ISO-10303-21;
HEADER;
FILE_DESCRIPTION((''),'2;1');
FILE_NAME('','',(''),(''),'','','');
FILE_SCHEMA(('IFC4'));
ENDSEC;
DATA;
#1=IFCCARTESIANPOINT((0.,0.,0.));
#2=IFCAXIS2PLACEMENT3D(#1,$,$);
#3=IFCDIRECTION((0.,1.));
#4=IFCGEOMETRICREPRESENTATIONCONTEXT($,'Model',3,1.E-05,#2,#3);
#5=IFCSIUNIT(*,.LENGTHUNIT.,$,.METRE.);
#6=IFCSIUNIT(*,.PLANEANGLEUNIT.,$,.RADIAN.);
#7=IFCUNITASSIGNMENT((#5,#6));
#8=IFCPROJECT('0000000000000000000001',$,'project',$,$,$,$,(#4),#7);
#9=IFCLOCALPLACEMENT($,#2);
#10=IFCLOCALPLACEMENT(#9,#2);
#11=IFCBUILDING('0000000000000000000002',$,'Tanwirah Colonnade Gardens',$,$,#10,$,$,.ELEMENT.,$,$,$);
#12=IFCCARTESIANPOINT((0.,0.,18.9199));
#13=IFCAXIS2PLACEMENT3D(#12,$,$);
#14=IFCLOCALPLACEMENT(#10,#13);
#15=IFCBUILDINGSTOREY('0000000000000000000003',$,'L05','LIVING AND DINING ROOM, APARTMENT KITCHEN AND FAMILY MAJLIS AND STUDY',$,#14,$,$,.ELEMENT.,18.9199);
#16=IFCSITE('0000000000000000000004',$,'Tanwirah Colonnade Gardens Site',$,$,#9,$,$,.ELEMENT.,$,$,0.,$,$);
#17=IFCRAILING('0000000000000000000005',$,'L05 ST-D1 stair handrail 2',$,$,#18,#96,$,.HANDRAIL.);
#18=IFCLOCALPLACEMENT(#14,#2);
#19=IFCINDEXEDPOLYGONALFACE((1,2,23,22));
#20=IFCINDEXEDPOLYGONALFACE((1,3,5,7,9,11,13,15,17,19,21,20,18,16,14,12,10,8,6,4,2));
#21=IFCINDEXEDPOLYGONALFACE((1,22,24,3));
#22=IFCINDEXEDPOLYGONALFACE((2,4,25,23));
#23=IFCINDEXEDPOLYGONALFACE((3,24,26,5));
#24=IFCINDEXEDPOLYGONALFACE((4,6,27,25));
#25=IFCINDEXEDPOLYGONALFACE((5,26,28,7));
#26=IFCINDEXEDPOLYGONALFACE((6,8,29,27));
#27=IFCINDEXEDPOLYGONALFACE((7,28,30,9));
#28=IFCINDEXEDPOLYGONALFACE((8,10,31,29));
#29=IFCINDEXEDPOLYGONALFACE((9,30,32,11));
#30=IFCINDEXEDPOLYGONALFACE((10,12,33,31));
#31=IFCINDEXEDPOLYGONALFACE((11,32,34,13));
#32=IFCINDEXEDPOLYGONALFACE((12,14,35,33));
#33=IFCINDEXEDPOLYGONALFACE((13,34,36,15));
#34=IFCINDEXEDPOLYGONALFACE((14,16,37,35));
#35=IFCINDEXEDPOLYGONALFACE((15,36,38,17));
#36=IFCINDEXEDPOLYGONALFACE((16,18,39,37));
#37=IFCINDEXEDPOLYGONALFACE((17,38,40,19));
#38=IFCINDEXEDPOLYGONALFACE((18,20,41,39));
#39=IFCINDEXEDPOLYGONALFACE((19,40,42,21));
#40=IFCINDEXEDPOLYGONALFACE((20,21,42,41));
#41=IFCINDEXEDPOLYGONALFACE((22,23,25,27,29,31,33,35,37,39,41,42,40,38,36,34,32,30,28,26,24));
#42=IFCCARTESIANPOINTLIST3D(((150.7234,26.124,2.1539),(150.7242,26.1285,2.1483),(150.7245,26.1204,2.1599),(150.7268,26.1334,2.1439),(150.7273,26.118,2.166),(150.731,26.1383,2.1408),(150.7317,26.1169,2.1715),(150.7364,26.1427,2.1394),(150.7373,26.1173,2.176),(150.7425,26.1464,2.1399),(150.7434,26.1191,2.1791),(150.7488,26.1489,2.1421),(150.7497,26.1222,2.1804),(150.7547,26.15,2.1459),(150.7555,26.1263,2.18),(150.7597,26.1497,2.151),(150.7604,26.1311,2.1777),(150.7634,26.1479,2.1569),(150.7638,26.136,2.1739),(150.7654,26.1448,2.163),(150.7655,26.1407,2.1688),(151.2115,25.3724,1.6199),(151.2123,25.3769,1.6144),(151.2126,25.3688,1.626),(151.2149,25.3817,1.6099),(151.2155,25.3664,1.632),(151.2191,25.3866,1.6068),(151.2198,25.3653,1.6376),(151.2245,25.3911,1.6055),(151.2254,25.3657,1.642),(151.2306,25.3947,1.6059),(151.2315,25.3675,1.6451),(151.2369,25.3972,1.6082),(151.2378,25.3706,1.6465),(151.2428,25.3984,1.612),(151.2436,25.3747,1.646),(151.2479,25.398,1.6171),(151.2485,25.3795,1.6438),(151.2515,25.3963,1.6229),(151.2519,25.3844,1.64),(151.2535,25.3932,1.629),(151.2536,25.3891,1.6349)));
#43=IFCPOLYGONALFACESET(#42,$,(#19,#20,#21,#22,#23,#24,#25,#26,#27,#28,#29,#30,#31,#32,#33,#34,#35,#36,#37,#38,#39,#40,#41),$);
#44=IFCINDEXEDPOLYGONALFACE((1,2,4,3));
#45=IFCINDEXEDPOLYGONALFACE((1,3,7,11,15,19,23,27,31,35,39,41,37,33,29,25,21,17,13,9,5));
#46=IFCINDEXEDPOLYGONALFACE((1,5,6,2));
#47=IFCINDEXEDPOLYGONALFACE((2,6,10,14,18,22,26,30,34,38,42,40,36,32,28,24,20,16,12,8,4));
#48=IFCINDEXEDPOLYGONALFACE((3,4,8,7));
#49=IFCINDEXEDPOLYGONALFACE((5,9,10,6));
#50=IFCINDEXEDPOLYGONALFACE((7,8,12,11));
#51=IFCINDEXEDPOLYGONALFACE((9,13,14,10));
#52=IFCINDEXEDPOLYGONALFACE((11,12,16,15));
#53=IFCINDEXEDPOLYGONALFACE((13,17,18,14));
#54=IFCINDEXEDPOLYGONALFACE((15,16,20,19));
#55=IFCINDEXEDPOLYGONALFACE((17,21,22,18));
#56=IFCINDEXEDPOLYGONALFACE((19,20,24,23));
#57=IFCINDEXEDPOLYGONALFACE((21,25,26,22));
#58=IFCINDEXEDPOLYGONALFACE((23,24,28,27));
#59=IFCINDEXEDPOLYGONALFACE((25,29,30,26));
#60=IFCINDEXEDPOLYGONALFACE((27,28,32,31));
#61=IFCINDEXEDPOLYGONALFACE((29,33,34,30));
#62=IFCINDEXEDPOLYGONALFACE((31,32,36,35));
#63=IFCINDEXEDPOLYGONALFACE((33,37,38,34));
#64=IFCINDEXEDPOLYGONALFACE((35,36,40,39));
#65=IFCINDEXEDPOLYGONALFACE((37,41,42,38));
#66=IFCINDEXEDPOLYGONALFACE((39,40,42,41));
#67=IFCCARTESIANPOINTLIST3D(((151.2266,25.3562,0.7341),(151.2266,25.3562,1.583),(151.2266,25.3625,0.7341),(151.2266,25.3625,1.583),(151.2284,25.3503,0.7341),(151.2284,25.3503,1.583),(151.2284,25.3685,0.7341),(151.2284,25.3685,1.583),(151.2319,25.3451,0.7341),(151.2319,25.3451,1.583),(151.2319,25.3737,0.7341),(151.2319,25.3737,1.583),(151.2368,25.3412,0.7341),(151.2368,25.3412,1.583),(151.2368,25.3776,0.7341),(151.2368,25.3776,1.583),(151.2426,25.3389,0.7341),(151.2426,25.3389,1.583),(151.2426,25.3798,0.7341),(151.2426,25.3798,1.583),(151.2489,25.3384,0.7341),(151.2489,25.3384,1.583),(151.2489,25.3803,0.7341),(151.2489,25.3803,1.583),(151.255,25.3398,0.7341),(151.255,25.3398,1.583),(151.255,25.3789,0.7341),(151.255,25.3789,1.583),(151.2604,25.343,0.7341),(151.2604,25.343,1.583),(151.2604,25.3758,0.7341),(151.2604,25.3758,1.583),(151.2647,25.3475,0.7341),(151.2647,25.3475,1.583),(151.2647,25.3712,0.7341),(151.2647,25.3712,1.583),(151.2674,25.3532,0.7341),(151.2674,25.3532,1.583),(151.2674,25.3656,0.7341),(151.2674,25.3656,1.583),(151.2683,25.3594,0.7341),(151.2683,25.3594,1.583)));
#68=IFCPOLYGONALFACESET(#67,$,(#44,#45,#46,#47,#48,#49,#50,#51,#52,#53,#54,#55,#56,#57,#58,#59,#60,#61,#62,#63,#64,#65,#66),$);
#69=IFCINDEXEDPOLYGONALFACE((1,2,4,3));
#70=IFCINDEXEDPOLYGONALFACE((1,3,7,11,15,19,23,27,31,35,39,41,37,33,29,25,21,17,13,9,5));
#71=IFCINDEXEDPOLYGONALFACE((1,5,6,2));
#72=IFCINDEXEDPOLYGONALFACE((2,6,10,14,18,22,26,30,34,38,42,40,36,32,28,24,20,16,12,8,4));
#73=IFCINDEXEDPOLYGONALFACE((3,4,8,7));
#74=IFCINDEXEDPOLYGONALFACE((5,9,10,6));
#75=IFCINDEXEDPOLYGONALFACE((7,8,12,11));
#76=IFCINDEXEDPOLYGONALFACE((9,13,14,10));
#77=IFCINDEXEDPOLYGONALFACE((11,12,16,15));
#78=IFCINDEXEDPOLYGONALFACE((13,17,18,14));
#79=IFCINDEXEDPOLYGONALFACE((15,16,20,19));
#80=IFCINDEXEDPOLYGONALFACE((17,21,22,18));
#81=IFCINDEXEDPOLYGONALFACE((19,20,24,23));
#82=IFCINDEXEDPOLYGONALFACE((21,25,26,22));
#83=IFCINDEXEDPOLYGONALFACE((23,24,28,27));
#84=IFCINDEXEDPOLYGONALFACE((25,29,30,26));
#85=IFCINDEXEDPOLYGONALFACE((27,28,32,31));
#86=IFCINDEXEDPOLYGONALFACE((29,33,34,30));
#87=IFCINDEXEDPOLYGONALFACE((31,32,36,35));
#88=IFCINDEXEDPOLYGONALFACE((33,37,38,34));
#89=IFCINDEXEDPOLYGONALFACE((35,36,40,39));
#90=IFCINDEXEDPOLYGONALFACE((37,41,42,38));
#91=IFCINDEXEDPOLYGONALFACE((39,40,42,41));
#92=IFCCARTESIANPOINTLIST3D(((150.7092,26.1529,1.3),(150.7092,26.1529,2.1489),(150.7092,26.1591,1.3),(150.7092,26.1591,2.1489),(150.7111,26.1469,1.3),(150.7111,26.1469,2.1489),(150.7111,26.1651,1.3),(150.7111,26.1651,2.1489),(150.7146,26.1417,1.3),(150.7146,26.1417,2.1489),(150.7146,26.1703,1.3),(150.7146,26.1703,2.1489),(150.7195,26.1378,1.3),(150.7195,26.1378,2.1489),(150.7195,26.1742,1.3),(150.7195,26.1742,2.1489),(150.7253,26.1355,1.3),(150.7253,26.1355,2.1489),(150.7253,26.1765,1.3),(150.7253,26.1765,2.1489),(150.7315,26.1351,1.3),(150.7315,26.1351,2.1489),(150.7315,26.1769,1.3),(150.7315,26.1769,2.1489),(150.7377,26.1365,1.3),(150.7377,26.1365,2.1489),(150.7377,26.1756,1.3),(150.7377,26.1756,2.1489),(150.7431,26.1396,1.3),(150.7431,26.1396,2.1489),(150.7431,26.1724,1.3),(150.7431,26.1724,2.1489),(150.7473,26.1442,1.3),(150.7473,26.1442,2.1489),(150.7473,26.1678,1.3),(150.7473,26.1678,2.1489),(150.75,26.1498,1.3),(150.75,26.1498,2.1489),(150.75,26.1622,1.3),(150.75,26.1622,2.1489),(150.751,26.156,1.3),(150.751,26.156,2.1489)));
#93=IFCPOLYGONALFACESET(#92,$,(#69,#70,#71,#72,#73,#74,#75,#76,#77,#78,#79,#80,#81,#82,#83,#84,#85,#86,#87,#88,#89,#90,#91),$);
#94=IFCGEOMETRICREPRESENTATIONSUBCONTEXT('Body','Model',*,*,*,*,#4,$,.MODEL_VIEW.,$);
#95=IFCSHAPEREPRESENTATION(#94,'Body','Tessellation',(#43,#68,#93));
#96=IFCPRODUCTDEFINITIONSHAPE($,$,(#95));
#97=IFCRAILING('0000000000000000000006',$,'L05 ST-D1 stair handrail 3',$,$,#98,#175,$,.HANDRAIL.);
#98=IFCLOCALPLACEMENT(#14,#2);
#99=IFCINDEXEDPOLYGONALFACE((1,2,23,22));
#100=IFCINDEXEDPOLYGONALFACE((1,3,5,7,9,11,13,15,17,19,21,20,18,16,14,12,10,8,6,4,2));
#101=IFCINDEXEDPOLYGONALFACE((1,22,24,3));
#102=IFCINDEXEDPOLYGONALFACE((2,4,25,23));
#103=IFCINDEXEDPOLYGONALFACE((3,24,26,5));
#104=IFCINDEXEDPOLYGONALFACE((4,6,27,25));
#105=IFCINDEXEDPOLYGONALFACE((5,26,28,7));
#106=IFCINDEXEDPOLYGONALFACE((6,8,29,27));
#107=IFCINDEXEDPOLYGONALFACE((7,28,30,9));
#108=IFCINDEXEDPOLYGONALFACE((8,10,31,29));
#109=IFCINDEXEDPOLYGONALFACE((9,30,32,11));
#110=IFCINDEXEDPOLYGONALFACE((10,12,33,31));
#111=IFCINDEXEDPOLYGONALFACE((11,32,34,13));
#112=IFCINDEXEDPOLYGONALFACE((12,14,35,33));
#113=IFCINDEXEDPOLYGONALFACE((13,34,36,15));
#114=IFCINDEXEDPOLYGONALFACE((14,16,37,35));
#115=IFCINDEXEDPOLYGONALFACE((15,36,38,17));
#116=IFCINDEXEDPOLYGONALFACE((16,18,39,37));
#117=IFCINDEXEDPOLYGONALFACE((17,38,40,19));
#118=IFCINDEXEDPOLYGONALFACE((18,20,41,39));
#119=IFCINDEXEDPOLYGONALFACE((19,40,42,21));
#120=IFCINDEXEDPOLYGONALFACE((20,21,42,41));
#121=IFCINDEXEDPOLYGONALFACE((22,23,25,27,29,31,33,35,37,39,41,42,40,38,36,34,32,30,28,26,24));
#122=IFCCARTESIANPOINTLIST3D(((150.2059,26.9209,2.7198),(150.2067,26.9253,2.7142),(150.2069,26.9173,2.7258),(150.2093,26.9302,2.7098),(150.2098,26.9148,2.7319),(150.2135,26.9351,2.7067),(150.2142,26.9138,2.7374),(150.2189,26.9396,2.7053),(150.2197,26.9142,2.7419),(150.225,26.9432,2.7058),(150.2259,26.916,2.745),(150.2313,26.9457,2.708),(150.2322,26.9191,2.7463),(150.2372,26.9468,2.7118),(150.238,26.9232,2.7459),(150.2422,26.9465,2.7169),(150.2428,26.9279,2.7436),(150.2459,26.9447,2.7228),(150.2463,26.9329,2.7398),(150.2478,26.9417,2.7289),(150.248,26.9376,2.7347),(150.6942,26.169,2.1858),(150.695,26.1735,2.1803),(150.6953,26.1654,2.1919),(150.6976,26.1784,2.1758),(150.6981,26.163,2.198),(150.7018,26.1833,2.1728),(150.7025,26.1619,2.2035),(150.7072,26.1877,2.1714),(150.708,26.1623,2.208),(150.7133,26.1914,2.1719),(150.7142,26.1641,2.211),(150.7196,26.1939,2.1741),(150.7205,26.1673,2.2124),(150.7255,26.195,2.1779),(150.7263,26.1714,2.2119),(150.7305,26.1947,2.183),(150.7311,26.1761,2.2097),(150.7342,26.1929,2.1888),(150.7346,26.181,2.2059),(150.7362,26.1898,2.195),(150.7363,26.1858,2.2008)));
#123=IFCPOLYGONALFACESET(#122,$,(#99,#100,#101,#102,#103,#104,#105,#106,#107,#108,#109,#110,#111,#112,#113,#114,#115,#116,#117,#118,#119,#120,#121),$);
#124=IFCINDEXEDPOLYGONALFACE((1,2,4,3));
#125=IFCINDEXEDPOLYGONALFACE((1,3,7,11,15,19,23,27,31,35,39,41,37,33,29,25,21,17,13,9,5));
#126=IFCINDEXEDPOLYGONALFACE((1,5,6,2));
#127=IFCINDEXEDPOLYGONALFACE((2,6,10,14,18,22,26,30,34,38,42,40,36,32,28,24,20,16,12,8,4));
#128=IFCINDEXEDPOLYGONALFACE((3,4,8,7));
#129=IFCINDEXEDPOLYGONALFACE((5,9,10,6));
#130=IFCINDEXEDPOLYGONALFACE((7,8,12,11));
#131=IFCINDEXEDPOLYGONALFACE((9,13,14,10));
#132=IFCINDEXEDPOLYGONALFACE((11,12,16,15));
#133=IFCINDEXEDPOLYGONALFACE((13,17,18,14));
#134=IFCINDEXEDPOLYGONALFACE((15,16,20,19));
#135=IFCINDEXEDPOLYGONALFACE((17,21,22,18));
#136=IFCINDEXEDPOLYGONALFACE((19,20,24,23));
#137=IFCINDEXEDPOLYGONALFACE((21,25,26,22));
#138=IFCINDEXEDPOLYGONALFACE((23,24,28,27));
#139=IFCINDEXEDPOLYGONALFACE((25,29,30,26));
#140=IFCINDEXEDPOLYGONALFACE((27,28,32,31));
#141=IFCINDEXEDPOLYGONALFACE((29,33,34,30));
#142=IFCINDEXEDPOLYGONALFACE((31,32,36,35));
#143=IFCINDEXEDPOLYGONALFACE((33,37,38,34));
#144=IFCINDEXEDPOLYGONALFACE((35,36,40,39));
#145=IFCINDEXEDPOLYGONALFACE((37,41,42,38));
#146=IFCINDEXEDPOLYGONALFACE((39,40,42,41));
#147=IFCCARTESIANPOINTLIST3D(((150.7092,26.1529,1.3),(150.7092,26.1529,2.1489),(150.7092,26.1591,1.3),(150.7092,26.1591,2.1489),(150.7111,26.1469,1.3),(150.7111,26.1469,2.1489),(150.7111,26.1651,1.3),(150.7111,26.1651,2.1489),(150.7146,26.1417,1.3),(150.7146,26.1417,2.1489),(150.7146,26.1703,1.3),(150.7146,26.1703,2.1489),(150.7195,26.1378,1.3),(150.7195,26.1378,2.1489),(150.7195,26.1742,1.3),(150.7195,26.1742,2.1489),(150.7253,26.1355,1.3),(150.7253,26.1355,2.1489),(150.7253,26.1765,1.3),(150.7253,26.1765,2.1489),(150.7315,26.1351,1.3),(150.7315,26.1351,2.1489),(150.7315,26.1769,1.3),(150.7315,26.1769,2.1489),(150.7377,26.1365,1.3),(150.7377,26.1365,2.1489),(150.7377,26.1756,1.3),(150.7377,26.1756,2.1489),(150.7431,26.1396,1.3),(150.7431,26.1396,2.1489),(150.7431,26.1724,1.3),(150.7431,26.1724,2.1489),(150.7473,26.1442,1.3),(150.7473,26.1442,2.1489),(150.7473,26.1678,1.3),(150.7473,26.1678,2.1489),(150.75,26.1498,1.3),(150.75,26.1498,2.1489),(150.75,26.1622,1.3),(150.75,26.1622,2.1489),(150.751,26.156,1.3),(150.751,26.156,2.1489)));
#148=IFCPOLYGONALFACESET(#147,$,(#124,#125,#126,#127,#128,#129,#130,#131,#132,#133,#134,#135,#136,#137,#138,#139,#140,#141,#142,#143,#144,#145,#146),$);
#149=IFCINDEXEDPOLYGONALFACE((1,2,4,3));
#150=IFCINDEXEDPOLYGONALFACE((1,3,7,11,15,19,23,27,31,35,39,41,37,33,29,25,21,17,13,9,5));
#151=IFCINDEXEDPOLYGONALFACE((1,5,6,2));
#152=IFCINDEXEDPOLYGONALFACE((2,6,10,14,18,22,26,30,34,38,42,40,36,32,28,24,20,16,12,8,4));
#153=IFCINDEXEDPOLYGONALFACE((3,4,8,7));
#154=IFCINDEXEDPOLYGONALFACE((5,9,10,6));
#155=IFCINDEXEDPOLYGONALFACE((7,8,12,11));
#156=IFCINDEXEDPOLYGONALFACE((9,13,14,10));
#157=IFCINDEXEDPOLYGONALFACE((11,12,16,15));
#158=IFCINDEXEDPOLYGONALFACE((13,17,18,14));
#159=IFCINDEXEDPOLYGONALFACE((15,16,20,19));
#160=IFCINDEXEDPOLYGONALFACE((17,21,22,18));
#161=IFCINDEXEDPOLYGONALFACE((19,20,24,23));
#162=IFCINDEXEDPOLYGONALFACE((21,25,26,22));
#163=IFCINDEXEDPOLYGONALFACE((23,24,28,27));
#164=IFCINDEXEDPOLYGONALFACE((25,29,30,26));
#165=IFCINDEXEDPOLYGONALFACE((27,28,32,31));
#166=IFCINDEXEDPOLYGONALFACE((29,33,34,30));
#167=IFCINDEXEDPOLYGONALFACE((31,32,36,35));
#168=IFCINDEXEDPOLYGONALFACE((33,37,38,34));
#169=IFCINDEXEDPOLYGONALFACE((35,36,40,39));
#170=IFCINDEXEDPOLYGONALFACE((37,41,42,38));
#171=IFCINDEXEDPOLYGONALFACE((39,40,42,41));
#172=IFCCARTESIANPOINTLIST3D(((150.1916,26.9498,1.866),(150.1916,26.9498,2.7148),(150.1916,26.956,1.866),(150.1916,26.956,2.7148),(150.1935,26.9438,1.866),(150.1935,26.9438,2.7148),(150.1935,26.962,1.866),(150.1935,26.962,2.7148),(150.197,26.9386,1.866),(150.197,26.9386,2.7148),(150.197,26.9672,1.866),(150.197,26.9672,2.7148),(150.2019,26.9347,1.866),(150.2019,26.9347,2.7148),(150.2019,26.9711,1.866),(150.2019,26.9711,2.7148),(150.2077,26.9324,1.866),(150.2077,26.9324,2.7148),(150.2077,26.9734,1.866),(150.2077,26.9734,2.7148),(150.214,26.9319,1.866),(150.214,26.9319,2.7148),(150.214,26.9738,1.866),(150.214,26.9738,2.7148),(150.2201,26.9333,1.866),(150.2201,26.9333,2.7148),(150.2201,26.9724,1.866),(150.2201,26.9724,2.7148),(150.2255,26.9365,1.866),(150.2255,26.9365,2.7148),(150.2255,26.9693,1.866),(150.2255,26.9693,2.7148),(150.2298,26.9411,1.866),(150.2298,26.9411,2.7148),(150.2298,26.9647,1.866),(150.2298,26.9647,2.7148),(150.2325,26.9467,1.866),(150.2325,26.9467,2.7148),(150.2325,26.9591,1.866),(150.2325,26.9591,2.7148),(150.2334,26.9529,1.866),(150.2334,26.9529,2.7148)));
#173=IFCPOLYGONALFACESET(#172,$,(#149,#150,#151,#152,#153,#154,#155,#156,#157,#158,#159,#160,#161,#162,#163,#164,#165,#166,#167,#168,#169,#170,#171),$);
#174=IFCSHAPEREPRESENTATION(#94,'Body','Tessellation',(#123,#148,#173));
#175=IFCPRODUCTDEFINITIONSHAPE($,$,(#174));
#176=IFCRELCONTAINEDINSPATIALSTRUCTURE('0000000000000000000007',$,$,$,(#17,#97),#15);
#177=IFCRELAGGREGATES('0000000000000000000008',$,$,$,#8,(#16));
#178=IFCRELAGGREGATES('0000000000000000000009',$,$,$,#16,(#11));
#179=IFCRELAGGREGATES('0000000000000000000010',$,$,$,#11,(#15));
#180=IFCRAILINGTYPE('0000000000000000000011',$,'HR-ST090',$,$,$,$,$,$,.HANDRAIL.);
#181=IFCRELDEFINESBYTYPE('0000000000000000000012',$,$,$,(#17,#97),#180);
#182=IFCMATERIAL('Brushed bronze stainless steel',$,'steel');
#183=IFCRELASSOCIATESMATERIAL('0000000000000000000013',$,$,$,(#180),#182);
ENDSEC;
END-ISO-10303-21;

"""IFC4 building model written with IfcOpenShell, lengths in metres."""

from ifc_helpers import new_model, si_unit, direction, frame, origin, origin_2d, place, context, subcontext, project, spatial, circle, extrude, material, type_object, element, save


model = new_model("IFC4")

# Units and contexts
model_context = context("Model", 3, precision=1e-05, world=origin(), true_north=direction((0.0, 1.0)))
body_context = subcontext(model_context, "Body", "Model", "MODEL_VIEW")
ifc_project = project(units=[si_unit("LENGTHUNIT", "METRE"), si_unit("PLANEANGLEUNIT", "RADIAN")], contexts=[model_context])

# Site, building, storey
site_placement = place(None, origin())
site = spatial("IfcSite", under=ifc_project, at=site_placement, Name="Tanwirah Colonnade Gardens Site", CompositionType="ELEMENT", RefElevation=0.0)
building_placement = place(site_placement, origin())
building = spatial("IfcBuilding", under=site, at=building_placement, Name="Tanwirah Colonnade Gardens", CompositionType="ELEMENT")
storey_placement = place(building_placement, frame((0.0, 0.0, 18.9199)))
storey = spatial("IfcBuildingStorey", under=building, at=storey_placement, Name="L05", Description="LIVING AND DINING ROOM, APARTMENT KITCHEN AND FAMILY MAJLIS AND STUDY", CompositionType="ELEMENT", Elevation=18.9199)

# Railings
ifc_material_1 = material(Name="Brushed bronze stainless steel", Category="steel")
railing_type_1 = type_object("IfcRailingType", Name="HR-ST090", PredefinedType="HANDRAIL", material=ifc_material_1)
railing_1_placement = place(storey_placement, frame((151.2473, 25.3594, 0.7341)))
element("IfcRailing", 1, at=railing_1_placement, inside=storey, type_object=railing_type_1, Name="L05 ST-D1 stair handrail 2", PredefinedType="HANDRAIL", context=body_context, shape_type="SweptSolid", body=[
    extrude(circle(Radius=0.0239, at=origin_2d()), frame((-0.0146, 0.0225, 0.8918), z_axis=(-0.46789, 0.720492, 0.51183), x_axis=(-0.838673, -0.544636, 0.0)), (0.0, 0.0, 1.0), 1.0432),
    extrude(circle(Radius=0.021, at=origin_2d()), origin(), (0.0, 0.0, 1.0), 0.8489),
    extrude(circle(Radius=0.021, at=origin_2d()), frame((-0.5173, 0.7966, 0.5659)), (0.0, 0.0, 1.0), 0.8489),
])
railing_2_placement = place(storey_placement, frame((150.73, 26.156, 1.3)))
element("IfcRailing", 2, at=railing_2_placement, inside=storey, type_object=railing_type_1, Name="L05 ST-D1 stair handrail 3", PredefinedType="HANDRAIL", context=body_context, shape_type="SweptSolid", body=[
    extrude(circle(Radius=0.0239, at=origin_2d()), frame((-0.0146, 0.0225, 0.8918), z_axis=(-0.467988, 0.720524, 0.511696), x_axis=(-0.838631, -0.544699, 0.0)), (0.0, 0.0, 1.0), 1.0435),
    extrude(circle(Radius=0.021, at=origin_2d()), origin(), (0.0, 0.0, 1.0), 0.8489),
    extrude(circle(Radius=0.021, at=origin_2d()), frame((-0.5176, 0.7969, 0.5659)), (0.0, 0.0, 1.0), 0.8489),
])

save(model, "model.ifc")
